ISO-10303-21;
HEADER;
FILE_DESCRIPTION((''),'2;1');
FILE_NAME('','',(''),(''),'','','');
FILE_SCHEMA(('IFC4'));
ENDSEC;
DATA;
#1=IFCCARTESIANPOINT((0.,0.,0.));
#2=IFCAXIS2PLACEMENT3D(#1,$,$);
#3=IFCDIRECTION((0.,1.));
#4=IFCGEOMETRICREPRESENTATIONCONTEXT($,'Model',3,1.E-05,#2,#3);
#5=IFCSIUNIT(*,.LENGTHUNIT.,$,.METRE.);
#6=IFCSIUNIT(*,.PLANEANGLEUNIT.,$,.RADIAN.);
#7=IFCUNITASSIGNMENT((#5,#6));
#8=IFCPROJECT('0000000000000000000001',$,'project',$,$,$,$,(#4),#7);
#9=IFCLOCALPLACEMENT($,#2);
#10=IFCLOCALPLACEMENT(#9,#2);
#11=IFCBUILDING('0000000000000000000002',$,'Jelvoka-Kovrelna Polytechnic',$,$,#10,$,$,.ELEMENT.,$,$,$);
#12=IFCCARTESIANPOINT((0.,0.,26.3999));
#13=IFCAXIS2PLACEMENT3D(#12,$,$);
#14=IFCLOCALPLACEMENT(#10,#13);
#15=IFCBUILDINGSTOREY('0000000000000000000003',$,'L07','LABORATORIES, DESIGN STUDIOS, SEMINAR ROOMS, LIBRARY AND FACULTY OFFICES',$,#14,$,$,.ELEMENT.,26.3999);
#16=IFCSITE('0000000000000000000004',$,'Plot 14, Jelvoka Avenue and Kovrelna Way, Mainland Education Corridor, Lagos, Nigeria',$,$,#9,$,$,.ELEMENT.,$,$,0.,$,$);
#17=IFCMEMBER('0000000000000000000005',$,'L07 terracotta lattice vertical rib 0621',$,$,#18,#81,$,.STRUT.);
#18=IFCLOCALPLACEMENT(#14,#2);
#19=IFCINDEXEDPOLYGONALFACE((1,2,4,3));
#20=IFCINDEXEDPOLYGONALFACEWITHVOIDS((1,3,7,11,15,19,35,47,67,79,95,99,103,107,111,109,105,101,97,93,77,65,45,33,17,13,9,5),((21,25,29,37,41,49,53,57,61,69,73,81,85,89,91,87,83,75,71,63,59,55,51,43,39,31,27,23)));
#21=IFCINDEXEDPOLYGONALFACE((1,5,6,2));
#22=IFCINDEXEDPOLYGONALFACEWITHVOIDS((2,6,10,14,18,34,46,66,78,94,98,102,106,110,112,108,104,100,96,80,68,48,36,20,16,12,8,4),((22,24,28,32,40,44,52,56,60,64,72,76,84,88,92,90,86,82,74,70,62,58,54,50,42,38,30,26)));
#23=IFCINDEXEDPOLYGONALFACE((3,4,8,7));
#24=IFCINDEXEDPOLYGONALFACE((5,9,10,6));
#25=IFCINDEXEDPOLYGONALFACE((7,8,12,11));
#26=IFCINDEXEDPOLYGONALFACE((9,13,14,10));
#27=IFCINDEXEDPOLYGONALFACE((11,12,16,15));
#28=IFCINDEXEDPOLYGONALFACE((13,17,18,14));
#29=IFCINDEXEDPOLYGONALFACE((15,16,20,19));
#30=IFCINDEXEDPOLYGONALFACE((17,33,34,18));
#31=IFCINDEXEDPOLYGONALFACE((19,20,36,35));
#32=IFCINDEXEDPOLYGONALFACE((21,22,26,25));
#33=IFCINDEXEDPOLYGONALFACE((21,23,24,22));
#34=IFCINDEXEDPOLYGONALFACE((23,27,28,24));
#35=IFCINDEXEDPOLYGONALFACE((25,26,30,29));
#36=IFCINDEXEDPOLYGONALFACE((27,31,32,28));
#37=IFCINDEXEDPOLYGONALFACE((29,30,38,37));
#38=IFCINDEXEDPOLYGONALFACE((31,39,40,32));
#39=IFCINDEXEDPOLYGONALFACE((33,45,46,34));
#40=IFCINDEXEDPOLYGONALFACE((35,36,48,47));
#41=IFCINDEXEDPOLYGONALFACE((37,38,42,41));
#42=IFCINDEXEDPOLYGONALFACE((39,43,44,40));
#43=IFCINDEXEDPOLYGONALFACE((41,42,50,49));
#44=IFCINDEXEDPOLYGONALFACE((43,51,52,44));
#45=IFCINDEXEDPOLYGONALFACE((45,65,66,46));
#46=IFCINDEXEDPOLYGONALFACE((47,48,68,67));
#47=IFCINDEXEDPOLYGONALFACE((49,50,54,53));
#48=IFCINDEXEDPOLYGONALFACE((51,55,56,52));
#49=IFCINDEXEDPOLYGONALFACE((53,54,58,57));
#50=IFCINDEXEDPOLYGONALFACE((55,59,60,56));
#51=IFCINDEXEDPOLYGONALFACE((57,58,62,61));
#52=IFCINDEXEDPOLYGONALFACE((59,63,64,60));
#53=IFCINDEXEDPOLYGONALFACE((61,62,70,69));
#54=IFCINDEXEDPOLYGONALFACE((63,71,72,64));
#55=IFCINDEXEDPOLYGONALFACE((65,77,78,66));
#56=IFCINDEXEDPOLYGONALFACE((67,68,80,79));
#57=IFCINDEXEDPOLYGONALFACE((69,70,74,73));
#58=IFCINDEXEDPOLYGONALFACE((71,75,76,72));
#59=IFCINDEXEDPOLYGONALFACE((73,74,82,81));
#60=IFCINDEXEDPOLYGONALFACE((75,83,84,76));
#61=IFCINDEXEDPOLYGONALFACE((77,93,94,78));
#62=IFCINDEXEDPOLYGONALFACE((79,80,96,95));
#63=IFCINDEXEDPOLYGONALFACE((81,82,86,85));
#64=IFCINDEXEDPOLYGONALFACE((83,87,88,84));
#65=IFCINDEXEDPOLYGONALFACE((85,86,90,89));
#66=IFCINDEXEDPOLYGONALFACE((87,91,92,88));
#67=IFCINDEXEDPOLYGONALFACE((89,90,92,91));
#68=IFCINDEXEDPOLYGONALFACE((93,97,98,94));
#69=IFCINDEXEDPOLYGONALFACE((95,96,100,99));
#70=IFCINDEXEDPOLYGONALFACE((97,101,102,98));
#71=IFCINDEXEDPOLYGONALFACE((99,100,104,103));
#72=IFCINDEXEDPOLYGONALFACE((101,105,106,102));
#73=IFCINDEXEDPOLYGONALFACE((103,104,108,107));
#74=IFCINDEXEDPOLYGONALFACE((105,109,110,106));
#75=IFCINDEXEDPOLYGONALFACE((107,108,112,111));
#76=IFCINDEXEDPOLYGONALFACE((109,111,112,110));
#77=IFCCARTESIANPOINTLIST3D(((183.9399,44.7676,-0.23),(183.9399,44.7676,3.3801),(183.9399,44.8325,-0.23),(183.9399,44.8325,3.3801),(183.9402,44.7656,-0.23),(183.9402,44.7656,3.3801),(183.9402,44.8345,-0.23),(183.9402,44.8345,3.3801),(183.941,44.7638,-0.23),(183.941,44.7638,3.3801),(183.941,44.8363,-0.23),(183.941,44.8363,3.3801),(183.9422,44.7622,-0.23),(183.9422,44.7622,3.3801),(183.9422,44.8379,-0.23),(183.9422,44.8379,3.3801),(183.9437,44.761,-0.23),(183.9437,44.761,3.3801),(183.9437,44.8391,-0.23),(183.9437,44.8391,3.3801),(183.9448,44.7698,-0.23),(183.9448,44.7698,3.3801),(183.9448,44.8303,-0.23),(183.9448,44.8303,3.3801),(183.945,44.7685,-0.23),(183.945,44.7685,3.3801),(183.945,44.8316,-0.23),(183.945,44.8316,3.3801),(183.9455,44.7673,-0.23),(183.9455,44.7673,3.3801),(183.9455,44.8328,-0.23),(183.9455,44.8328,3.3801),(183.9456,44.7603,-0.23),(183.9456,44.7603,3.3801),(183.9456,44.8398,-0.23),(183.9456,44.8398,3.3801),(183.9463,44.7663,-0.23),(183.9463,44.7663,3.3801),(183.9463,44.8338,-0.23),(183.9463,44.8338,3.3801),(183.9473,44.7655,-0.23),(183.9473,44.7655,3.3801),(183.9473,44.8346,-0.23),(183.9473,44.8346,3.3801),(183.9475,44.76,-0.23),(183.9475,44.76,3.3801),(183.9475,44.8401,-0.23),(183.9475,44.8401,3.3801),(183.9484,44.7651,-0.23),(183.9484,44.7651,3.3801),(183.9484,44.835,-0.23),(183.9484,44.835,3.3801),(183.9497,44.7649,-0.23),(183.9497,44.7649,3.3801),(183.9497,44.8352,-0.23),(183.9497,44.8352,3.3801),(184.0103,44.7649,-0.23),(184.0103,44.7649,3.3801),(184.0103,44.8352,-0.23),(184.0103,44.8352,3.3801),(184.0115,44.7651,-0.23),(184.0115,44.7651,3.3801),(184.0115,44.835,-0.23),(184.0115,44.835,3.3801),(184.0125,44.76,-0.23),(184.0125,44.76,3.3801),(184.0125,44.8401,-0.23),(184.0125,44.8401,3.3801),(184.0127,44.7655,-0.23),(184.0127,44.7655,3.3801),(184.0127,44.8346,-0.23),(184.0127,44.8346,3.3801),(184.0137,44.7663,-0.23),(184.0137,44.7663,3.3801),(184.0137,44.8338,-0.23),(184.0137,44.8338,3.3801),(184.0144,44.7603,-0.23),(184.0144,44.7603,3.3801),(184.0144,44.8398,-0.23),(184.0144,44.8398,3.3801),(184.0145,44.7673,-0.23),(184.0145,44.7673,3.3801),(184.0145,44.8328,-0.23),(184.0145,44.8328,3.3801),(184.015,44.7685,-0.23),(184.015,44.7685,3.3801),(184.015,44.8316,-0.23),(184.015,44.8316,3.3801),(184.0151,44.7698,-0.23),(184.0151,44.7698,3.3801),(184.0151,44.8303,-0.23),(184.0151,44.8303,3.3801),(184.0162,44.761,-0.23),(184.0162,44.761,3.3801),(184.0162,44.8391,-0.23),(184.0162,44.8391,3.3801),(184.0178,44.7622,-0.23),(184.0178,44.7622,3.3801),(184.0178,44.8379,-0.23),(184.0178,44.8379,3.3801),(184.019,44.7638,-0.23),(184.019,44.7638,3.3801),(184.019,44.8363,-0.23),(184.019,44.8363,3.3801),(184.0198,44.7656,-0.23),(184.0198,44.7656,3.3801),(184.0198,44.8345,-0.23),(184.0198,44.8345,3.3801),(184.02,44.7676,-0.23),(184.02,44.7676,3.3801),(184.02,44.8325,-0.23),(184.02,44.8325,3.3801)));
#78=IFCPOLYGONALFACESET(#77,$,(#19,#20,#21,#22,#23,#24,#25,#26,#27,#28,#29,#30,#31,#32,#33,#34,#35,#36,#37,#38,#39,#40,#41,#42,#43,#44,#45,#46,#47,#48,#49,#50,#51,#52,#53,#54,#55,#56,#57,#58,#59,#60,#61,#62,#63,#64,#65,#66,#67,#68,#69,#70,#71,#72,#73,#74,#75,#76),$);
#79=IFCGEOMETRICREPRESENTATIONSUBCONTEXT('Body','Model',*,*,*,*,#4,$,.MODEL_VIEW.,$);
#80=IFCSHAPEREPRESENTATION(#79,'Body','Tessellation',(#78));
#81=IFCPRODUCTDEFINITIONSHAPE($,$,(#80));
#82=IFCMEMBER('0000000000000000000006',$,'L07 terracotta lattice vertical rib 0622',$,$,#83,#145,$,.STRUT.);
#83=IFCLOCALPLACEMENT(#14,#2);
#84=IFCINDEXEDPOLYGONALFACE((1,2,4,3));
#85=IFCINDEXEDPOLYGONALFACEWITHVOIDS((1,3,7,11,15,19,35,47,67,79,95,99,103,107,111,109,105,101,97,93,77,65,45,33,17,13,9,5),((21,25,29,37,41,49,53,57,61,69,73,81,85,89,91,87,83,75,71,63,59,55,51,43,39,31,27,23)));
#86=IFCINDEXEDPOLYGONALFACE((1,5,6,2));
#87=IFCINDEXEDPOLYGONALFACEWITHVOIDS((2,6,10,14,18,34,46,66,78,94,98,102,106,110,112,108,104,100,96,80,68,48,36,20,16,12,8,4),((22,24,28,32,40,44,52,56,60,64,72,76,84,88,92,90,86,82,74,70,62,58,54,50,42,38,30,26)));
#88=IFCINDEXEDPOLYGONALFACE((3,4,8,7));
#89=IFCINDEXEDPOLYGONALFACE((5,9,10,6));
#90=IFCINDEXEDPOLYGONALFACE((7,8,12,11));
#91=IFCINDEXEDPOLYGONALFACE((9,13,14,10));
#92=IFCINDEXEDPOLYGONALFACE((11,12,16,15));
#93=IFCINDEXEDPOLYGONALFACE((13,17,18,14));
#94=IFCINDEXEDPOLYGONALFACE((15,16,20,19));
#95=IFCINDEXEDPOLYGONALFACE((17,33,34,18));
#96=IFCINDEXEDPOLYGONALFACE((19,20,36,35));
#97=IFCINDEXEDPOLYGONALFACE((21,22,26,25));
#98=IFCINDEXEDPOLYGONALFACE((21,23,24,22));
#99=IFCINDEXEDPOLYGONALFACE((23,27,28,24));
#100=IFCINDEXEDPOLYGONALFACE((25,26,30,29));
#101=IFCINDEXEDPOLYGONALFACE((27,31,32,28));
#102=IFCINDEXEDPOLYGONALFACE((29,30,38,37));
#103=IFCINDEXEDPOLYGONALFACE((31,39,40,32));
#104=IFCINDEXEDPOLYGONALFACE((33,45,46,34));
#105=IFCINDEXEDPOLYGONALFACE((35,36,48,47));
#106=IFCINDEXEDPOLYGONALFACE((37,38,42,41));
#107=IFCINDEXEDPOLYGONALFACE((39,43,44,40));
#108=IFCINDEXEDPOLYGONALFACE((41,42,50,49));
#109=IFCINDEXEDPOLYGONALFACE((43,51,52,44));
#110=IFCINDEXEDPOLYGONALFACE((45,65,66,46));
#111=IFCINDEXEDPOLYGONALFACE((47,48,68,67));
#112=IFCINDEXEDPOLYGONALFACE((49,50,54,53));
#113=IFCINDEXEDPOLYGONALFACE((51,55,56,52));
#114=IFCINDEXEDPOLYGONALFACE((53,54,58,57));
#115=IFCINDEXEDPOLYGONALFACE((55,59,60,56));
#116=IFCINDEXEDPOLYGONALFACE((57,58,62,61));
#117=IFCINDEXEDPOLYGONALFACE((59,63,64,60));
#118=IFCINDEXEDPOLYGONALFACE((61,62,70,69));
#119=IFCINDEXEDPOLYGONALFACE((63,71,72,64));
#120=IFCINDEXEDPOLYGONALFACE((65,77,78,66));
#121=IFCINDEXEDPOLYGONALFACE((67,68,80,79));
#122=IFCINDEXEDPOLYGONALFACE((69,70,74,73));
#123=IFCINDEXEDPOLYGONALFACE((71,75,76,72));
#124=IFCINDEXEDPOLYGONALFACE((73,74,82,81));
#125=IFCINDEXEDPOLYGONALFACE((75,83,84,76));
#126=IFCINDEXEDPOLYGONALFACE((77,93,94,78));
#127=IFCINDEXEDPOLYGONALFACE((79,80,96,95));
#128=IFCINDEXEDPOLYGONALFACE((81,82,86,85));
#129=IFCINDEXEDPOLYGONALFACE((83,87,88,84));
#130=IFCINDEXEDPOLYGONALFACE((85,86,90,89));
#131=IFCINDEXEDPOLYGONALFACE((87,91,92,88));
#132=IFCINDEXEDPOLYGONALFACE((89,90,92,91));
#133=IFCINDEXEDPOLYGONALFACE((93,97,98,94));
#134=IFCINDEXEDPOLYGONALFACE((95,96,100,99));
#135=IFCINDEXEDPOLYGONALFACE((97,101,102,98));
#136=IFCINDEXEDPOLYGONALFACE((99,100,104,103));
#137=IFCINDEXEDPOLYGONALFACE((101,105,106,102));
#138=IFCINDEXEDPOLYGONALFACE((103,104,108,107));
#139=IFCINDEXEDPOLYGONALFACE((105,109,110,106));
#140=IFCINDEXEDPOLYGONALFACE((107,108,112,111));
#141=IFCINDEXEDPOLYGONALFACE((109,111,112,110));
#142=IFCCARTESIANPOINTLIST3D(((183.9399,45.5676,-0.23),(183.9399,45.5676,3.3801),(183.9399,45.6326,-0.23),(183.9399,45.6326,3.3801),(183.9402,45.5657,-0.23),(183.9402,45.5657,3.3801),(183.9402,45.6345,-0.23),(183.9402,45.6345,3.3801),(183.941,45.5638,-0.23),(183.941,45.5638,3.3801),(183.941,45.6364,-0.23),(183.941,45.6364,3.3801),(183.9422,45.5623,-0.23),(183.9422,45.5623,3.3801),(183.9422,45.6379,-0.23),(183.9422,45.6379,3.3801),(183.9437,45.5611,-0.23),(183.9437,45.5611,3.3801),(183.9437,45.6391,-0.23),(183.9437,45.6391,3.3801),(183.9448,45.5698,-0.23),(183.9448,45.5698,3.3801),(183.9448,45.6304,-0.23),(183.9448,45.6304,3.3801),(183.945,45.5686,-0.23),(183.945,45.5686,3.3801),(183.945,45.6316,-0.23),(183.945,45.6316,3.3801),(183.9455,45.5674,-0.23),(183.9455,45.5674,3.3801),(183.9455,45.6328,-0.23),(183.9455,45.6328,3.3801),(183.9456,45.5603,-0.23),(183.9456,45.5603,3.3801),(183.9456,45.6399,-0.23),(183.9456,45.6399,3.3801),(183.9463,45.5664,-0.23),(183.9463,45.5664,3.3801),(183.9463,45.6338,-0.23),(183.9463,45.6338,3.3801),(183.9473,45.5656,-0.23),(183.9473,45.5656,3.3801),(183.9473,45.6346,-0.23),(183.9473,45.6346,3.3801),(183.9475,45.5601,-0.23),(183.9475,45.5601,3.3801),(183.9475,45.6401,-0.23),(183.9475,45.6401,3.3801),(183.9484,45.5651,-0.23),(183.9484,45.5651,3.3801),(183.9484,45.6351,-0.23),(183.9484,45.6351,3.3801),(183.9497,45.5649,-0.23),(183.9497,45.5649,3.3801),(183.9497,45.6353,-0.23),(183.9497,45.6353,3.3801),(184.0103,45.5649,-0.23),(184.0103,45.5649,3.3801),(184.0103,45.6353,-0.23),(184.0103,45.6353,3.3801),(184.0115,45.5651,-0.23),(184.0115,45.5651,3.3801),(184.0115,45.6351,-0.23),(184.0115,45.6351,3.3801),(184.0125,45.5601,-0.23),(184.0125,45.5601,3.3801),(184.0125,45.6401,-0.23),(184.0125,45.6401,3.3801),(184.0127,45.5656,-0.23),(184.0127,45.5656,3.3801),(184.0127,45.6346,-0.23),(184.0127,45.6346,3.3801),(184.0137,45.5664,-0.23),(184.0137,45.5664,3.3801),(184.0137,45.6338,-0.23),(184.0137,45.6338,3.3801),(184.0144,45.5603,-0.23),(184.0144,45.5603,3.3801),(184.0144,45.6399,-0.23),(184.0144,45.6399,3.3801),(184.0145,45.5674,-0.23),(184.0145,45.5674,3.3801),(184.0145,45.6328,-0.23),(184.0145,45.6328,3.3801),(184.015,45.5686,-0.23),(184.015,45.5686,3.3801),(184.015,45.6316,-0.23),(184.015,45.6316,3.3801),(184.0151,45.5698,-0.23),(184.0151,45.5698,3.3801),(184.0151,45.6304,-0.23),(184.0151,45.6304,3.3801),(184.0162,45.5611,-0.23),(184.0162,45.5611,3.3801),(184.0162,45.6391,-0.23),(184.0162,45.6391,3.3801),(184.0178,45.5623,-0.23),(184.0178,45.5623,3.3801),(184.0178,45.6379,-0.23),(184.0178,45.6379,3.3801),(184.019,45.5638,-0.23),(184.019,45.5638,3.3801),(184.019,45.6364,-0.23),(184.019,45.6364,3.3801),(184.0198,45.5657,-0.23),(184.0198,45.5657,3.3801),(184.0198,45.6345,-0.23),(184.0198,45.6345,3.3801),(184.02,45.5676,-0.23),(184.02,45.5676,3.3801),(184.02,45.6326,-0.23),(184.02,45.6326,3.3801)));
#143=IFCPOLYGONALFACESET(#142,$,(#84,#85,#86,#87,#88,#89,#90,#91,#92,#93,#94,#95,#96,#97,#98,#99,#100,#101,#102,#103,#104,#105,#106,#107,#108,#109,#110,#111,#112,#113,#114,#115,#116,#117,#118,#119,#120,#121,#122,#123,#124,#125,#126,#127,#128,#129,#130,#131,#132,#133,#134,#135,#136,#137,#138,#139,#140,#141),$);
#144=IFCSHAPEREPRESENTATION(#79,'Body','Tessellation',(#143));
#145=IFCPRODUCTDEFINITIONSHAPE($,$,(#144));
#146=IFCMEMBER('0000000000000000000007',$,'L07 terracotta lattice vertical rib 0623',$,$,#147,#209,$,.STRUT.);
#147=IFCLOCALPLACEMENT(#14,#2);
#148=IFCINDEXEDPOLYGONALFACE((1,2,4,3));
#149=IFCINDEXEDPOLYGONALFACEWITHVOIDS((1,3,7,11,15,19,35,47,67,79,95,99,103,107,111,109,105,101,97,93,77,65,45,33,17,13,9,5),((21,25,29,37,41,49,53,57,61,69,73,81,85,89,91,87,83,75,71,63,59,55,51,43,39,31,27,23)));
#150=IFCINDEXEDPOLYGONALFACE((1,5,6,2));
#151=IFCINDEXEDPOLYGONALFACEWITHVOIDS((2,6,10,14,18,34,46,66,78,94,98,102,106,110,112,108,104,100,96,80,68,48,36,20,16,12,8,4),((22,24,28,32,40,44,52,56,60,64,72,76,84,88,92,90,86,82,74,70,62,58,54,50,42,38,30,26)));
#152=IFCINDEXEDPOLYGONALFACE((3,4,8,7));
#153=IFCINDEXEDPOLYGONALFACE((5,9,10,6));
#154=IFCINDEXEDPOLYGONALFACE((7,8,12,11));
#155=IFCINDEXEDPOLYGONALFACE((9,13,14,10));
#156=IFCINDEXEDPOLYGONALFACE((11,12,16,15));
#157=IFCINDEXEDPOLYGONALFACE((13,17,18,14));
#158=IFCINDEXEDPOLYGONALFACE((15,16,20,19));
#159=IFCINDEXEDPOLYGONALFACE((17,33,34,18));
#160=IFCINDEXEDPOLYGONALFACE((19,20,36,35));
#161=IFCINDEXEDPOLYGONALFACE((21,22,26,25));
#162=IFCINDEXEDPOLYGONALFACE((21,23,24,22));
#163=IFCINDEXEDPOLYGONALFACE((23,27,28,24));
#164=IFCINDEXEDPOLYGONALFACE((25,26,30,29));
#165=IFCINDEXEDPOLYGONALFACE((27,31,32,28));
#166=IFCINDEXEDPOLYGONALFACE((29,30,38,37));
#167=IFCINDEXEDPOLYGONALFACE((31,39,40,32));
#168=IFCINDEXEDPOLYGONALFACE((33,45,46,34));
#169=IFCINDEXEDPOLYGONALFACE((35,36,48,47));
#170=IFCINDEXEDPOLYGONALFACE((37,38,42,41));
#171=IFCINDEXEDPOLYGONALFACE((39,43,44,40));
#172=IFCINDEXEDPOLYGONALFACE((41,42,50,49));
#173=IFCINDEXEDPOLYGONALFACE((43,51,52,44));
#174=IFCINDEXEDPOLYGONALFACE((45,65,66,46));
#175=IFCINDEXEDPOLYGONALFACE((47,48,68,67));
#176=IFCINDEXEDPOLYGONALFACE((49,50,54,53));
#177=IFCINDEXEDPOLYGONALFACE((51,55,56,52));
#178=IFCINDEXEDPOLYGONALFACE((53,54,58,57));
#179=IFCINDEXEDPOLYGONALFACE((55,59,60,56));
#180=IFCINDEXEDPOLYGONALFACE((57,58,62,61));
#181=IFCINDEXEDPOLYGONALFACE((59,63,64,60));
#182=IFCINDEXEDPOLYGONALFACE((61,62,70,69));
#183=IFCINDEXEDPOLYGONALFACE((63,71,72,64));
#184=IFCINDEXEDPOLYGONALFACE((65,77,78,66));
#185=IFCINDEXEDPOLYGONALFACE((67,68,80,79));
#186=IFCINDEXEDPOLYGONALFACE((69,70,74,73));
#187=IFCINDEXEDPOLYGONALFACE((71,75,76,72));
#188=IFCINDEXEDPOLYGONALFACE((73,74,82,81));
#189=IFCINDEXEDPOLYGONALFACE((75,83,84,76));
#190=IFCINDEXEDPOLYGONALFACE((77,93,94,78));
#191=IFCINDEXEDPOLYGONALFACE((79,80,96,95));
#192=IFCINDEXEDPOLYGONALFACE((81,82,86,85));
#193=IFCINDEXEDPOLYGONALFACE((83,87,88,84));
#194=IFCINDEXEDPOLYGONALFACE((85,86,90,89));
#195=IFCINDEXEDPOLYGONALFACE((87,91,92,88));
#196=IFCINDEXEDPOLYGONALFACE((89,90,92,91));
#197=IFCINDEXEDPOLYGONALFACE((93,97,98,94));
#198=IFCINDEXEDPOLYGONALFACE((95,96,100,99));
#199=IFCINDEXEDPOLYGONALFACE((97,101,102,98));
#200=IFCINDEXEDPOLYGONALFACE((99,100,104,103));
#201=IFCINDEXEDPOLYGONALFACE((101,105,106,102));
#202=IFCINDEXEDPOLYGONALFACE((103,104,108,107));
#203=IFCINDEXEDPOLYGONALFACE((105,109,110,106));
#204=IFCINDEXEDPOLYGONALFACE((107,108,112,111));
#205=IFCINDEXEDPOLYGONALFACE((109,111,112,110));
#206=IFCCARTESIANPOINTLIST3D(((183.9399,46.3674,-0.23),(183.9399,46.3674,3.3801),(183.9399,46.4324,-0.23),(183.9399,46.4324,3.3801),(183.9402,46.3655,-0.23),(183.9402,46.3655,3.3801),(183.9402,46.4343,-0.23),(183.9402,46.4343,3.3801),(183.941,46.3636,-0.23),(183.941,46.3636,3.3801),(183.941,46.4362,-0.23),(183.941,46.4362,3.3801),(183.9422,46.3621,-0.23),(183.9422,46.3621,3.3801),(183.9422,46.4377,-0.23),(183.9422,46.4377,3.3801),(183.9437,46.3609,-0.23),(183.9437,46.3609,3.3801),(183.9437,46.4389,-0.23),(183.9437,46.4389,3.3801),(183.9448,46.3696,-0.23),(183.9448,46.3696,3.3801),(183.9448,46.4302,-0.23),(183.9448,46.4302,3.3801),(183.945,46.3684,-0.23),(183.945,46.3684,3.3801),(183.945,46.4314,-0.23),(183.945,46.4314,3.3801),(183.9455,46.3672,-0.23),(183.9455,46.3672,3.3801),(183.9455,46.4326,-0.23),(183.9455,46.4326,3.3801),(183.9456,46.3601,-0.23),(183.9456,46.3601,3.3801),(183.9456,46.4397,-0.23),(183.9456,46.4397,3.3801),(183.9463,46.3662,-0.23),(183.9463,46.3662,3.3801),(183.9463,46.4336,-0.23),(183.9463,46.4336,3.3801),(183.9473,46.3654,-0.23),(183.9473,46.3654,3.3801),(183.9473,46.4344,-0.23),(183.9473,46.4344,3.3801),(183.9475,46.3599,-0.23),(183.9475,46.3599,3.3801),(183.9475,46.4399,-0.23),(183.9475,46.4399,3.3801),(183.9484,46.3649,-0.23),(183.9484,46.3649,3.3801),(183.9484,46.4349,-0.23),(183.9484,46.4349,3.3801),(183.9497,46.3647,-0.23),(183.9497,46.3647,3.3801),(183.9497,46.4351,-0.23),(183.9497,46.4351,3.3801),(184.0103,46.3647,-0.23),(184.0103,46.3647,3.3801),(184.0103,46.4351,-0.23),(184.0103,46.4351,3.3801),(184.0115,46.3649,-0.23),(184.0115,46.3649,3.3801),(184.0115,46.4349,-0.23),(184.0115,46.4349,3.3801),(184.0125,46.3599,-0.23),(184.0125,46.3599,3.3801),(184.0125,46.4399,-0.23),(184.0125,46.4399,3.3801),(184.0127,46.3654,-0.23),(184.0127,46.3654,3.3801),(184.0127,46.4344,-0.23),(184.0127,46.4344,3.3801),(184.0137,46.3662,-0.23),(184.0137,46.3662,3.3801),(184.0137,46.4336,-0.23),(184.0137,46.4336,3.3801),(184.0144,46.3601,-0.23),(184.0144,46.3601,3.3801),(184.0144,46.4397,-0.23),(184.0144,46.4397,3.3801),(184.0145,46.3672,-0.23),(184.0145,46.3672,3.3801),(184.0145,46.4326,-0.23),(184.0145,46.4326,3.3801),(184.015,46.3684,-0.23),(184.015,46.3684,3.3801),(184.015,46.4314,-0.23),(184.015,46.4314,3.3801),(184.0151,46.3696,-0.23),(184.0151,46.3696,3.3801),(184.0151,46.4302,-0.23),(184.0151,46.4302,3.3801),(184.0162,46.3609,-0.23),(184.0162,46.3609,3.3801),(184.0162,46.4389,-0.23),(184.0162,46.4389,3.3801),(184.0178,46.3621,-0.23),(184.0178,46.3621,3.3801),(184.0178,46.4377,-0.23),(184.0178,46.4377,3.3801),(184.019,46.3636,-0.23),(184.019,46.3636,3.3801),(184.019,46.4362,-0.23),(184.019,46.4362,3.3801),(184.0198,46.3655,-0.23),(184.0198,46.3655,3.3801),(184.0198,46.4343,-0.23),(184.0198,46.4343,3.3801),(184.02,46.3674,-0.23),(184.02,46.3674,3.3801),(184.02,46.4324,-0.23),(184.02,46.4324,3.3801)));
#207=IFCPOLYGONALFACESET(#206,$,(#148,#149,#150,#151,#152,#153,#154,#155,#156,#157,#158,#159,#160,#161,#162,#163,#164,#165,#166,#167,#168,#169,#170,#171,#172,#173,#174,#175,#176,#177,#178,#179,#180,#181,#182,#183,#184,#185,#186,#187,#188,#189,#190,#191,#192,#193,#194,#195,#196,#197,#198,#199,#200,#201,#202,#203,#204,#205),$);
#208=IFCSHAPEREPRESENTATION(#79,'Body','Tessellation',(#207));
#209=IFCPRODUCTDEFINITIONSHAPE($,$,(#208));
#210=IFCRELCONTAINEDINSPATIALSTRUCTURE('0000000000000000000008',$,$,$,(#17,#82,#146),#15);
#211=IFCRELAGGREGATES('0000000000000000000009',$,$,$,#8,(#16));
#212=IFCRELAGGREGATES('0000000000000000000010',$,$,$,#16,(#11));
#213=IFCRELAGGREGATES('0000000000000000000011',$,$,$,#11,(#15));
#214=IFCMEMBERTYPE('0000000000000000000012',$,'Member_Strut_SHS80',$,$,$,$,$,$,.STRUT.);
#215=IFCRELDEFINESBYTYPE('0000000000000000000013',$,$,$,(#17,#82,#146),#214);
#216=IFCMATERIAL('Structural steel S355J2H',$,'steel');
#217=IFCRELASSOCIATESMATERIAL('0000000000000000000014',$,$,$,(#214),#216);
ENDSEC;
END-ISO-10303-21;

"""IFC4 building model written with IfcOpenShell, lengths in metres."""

from ifc_helpers import new_model, si_unit, direction, frame, origin, origin_2d, place, context, subcontext, project, spatial, hollow_rectangle, extrude, material, material_profile, profile_set, type_object, element, save


model = new_model("IFC4")

# Units and contexts
model_context = context("Model", 3, precision=1e-05, world=origin(), true_north=direction((0.0, 1.0)))
body_context = subcontext(model_context, "Body", "Model", "MODEL_VIEW")
ifc_project = project(units=[si_unit("LENGTHUNIT", "METRE"), si_unit("PLANEANGLEUNIT", "RADIAN")], contexts=[model_context])

# Site, building, storey
site_placement = place(None, origin())
site = spatial("IfcSite", under=ifc_project, at=site_placement, Name="Plot 14, Jelvoka Avenue and Kovrelna Way, Mainland Education Corridor, Lagos, Nigeria", CompositionType="ELEMENT", RefElevation=0.0)
building_placement = place(site_placement, origin())
building = spatial("IfcBuilding", under=site, at=building_placement, Name="Jelvoka-Kovrelna Polytechnic", CompositionType="ELEMENT")
storey_placement = place(building_placement, frame((0.0, 0.0, 26.3999)))
storey = spatial("IfcBuildingStorey", under=building, at=storey_placement, Name="L07", Description="LABORATORIES, DESIGN STUDIOS, SEMINAR ROOMS, LIBRARY AND FACULTY OFFICES", CompositionType="ELEMENT", Elevation=26.3999)

# Members
ifc_material_1 = material(Name="Structural steel S355J2H", Category="steel")
ifc_material_profile_1 = material_profile(ifc_material_1, hollow_rectangle(XDim=0.0801, YDim=0.0801, WallThickness=0.0049, InnerFilletRadius=0.0049, OuterFilletRadius=0.0076, at=origin_2d()), Name="80x80x5.0 SHS")
ifc_profile_set_1 = profile_set([ifc_material_profile_1], Name="Structural steel S355J2H")
member_type_1 = type_object("IfcMemberType", Name="Member_Strut_SHS80", PredefinedType="STRUT", material=ifc_profile_set_1)
for number, where, z_axis, x_axis, name in (
    (1, (183.98, 44.8, -0.23), (0.0, 0.0, 1.0), (1.0, 0.0, 0.0), "L07 terracotta lattice vertical rib 0621"),
    (2, (183.98, 45.6001, -0.23), (0.0, 0.0, 1.0), (1.0, 0.0, 0.0), "L07 terracotta lattice vertical rib 0622"),
    (3, (183.98, 46.3999, -0.23), (0.0, 0.0, 1.0), (1.0, 0.0, 0.0), "L07 terracotta lattice vertical rib 0623"),
):
    element("IfcMember", number, at=place(storey_placement, frame(where, z_axis=z_axis, x_axis=x_axis)), inside=storey, type_object=member_type_1, Name=name, PredefinedType="STRUT", context=body_context, shape_type="SweptSolid", body=[
        extrude(hollow_rectangle(XDim=0.0801, YDim=0.0801, WallThickness=0.0049, InnerFilletRadius=0.0049, OuterFilletRadius=0.0076, at=origin_2d()), origin(), (0.0, 0.0, 1.0), 3.6101),
    ])

save(model, "model.ifc")
